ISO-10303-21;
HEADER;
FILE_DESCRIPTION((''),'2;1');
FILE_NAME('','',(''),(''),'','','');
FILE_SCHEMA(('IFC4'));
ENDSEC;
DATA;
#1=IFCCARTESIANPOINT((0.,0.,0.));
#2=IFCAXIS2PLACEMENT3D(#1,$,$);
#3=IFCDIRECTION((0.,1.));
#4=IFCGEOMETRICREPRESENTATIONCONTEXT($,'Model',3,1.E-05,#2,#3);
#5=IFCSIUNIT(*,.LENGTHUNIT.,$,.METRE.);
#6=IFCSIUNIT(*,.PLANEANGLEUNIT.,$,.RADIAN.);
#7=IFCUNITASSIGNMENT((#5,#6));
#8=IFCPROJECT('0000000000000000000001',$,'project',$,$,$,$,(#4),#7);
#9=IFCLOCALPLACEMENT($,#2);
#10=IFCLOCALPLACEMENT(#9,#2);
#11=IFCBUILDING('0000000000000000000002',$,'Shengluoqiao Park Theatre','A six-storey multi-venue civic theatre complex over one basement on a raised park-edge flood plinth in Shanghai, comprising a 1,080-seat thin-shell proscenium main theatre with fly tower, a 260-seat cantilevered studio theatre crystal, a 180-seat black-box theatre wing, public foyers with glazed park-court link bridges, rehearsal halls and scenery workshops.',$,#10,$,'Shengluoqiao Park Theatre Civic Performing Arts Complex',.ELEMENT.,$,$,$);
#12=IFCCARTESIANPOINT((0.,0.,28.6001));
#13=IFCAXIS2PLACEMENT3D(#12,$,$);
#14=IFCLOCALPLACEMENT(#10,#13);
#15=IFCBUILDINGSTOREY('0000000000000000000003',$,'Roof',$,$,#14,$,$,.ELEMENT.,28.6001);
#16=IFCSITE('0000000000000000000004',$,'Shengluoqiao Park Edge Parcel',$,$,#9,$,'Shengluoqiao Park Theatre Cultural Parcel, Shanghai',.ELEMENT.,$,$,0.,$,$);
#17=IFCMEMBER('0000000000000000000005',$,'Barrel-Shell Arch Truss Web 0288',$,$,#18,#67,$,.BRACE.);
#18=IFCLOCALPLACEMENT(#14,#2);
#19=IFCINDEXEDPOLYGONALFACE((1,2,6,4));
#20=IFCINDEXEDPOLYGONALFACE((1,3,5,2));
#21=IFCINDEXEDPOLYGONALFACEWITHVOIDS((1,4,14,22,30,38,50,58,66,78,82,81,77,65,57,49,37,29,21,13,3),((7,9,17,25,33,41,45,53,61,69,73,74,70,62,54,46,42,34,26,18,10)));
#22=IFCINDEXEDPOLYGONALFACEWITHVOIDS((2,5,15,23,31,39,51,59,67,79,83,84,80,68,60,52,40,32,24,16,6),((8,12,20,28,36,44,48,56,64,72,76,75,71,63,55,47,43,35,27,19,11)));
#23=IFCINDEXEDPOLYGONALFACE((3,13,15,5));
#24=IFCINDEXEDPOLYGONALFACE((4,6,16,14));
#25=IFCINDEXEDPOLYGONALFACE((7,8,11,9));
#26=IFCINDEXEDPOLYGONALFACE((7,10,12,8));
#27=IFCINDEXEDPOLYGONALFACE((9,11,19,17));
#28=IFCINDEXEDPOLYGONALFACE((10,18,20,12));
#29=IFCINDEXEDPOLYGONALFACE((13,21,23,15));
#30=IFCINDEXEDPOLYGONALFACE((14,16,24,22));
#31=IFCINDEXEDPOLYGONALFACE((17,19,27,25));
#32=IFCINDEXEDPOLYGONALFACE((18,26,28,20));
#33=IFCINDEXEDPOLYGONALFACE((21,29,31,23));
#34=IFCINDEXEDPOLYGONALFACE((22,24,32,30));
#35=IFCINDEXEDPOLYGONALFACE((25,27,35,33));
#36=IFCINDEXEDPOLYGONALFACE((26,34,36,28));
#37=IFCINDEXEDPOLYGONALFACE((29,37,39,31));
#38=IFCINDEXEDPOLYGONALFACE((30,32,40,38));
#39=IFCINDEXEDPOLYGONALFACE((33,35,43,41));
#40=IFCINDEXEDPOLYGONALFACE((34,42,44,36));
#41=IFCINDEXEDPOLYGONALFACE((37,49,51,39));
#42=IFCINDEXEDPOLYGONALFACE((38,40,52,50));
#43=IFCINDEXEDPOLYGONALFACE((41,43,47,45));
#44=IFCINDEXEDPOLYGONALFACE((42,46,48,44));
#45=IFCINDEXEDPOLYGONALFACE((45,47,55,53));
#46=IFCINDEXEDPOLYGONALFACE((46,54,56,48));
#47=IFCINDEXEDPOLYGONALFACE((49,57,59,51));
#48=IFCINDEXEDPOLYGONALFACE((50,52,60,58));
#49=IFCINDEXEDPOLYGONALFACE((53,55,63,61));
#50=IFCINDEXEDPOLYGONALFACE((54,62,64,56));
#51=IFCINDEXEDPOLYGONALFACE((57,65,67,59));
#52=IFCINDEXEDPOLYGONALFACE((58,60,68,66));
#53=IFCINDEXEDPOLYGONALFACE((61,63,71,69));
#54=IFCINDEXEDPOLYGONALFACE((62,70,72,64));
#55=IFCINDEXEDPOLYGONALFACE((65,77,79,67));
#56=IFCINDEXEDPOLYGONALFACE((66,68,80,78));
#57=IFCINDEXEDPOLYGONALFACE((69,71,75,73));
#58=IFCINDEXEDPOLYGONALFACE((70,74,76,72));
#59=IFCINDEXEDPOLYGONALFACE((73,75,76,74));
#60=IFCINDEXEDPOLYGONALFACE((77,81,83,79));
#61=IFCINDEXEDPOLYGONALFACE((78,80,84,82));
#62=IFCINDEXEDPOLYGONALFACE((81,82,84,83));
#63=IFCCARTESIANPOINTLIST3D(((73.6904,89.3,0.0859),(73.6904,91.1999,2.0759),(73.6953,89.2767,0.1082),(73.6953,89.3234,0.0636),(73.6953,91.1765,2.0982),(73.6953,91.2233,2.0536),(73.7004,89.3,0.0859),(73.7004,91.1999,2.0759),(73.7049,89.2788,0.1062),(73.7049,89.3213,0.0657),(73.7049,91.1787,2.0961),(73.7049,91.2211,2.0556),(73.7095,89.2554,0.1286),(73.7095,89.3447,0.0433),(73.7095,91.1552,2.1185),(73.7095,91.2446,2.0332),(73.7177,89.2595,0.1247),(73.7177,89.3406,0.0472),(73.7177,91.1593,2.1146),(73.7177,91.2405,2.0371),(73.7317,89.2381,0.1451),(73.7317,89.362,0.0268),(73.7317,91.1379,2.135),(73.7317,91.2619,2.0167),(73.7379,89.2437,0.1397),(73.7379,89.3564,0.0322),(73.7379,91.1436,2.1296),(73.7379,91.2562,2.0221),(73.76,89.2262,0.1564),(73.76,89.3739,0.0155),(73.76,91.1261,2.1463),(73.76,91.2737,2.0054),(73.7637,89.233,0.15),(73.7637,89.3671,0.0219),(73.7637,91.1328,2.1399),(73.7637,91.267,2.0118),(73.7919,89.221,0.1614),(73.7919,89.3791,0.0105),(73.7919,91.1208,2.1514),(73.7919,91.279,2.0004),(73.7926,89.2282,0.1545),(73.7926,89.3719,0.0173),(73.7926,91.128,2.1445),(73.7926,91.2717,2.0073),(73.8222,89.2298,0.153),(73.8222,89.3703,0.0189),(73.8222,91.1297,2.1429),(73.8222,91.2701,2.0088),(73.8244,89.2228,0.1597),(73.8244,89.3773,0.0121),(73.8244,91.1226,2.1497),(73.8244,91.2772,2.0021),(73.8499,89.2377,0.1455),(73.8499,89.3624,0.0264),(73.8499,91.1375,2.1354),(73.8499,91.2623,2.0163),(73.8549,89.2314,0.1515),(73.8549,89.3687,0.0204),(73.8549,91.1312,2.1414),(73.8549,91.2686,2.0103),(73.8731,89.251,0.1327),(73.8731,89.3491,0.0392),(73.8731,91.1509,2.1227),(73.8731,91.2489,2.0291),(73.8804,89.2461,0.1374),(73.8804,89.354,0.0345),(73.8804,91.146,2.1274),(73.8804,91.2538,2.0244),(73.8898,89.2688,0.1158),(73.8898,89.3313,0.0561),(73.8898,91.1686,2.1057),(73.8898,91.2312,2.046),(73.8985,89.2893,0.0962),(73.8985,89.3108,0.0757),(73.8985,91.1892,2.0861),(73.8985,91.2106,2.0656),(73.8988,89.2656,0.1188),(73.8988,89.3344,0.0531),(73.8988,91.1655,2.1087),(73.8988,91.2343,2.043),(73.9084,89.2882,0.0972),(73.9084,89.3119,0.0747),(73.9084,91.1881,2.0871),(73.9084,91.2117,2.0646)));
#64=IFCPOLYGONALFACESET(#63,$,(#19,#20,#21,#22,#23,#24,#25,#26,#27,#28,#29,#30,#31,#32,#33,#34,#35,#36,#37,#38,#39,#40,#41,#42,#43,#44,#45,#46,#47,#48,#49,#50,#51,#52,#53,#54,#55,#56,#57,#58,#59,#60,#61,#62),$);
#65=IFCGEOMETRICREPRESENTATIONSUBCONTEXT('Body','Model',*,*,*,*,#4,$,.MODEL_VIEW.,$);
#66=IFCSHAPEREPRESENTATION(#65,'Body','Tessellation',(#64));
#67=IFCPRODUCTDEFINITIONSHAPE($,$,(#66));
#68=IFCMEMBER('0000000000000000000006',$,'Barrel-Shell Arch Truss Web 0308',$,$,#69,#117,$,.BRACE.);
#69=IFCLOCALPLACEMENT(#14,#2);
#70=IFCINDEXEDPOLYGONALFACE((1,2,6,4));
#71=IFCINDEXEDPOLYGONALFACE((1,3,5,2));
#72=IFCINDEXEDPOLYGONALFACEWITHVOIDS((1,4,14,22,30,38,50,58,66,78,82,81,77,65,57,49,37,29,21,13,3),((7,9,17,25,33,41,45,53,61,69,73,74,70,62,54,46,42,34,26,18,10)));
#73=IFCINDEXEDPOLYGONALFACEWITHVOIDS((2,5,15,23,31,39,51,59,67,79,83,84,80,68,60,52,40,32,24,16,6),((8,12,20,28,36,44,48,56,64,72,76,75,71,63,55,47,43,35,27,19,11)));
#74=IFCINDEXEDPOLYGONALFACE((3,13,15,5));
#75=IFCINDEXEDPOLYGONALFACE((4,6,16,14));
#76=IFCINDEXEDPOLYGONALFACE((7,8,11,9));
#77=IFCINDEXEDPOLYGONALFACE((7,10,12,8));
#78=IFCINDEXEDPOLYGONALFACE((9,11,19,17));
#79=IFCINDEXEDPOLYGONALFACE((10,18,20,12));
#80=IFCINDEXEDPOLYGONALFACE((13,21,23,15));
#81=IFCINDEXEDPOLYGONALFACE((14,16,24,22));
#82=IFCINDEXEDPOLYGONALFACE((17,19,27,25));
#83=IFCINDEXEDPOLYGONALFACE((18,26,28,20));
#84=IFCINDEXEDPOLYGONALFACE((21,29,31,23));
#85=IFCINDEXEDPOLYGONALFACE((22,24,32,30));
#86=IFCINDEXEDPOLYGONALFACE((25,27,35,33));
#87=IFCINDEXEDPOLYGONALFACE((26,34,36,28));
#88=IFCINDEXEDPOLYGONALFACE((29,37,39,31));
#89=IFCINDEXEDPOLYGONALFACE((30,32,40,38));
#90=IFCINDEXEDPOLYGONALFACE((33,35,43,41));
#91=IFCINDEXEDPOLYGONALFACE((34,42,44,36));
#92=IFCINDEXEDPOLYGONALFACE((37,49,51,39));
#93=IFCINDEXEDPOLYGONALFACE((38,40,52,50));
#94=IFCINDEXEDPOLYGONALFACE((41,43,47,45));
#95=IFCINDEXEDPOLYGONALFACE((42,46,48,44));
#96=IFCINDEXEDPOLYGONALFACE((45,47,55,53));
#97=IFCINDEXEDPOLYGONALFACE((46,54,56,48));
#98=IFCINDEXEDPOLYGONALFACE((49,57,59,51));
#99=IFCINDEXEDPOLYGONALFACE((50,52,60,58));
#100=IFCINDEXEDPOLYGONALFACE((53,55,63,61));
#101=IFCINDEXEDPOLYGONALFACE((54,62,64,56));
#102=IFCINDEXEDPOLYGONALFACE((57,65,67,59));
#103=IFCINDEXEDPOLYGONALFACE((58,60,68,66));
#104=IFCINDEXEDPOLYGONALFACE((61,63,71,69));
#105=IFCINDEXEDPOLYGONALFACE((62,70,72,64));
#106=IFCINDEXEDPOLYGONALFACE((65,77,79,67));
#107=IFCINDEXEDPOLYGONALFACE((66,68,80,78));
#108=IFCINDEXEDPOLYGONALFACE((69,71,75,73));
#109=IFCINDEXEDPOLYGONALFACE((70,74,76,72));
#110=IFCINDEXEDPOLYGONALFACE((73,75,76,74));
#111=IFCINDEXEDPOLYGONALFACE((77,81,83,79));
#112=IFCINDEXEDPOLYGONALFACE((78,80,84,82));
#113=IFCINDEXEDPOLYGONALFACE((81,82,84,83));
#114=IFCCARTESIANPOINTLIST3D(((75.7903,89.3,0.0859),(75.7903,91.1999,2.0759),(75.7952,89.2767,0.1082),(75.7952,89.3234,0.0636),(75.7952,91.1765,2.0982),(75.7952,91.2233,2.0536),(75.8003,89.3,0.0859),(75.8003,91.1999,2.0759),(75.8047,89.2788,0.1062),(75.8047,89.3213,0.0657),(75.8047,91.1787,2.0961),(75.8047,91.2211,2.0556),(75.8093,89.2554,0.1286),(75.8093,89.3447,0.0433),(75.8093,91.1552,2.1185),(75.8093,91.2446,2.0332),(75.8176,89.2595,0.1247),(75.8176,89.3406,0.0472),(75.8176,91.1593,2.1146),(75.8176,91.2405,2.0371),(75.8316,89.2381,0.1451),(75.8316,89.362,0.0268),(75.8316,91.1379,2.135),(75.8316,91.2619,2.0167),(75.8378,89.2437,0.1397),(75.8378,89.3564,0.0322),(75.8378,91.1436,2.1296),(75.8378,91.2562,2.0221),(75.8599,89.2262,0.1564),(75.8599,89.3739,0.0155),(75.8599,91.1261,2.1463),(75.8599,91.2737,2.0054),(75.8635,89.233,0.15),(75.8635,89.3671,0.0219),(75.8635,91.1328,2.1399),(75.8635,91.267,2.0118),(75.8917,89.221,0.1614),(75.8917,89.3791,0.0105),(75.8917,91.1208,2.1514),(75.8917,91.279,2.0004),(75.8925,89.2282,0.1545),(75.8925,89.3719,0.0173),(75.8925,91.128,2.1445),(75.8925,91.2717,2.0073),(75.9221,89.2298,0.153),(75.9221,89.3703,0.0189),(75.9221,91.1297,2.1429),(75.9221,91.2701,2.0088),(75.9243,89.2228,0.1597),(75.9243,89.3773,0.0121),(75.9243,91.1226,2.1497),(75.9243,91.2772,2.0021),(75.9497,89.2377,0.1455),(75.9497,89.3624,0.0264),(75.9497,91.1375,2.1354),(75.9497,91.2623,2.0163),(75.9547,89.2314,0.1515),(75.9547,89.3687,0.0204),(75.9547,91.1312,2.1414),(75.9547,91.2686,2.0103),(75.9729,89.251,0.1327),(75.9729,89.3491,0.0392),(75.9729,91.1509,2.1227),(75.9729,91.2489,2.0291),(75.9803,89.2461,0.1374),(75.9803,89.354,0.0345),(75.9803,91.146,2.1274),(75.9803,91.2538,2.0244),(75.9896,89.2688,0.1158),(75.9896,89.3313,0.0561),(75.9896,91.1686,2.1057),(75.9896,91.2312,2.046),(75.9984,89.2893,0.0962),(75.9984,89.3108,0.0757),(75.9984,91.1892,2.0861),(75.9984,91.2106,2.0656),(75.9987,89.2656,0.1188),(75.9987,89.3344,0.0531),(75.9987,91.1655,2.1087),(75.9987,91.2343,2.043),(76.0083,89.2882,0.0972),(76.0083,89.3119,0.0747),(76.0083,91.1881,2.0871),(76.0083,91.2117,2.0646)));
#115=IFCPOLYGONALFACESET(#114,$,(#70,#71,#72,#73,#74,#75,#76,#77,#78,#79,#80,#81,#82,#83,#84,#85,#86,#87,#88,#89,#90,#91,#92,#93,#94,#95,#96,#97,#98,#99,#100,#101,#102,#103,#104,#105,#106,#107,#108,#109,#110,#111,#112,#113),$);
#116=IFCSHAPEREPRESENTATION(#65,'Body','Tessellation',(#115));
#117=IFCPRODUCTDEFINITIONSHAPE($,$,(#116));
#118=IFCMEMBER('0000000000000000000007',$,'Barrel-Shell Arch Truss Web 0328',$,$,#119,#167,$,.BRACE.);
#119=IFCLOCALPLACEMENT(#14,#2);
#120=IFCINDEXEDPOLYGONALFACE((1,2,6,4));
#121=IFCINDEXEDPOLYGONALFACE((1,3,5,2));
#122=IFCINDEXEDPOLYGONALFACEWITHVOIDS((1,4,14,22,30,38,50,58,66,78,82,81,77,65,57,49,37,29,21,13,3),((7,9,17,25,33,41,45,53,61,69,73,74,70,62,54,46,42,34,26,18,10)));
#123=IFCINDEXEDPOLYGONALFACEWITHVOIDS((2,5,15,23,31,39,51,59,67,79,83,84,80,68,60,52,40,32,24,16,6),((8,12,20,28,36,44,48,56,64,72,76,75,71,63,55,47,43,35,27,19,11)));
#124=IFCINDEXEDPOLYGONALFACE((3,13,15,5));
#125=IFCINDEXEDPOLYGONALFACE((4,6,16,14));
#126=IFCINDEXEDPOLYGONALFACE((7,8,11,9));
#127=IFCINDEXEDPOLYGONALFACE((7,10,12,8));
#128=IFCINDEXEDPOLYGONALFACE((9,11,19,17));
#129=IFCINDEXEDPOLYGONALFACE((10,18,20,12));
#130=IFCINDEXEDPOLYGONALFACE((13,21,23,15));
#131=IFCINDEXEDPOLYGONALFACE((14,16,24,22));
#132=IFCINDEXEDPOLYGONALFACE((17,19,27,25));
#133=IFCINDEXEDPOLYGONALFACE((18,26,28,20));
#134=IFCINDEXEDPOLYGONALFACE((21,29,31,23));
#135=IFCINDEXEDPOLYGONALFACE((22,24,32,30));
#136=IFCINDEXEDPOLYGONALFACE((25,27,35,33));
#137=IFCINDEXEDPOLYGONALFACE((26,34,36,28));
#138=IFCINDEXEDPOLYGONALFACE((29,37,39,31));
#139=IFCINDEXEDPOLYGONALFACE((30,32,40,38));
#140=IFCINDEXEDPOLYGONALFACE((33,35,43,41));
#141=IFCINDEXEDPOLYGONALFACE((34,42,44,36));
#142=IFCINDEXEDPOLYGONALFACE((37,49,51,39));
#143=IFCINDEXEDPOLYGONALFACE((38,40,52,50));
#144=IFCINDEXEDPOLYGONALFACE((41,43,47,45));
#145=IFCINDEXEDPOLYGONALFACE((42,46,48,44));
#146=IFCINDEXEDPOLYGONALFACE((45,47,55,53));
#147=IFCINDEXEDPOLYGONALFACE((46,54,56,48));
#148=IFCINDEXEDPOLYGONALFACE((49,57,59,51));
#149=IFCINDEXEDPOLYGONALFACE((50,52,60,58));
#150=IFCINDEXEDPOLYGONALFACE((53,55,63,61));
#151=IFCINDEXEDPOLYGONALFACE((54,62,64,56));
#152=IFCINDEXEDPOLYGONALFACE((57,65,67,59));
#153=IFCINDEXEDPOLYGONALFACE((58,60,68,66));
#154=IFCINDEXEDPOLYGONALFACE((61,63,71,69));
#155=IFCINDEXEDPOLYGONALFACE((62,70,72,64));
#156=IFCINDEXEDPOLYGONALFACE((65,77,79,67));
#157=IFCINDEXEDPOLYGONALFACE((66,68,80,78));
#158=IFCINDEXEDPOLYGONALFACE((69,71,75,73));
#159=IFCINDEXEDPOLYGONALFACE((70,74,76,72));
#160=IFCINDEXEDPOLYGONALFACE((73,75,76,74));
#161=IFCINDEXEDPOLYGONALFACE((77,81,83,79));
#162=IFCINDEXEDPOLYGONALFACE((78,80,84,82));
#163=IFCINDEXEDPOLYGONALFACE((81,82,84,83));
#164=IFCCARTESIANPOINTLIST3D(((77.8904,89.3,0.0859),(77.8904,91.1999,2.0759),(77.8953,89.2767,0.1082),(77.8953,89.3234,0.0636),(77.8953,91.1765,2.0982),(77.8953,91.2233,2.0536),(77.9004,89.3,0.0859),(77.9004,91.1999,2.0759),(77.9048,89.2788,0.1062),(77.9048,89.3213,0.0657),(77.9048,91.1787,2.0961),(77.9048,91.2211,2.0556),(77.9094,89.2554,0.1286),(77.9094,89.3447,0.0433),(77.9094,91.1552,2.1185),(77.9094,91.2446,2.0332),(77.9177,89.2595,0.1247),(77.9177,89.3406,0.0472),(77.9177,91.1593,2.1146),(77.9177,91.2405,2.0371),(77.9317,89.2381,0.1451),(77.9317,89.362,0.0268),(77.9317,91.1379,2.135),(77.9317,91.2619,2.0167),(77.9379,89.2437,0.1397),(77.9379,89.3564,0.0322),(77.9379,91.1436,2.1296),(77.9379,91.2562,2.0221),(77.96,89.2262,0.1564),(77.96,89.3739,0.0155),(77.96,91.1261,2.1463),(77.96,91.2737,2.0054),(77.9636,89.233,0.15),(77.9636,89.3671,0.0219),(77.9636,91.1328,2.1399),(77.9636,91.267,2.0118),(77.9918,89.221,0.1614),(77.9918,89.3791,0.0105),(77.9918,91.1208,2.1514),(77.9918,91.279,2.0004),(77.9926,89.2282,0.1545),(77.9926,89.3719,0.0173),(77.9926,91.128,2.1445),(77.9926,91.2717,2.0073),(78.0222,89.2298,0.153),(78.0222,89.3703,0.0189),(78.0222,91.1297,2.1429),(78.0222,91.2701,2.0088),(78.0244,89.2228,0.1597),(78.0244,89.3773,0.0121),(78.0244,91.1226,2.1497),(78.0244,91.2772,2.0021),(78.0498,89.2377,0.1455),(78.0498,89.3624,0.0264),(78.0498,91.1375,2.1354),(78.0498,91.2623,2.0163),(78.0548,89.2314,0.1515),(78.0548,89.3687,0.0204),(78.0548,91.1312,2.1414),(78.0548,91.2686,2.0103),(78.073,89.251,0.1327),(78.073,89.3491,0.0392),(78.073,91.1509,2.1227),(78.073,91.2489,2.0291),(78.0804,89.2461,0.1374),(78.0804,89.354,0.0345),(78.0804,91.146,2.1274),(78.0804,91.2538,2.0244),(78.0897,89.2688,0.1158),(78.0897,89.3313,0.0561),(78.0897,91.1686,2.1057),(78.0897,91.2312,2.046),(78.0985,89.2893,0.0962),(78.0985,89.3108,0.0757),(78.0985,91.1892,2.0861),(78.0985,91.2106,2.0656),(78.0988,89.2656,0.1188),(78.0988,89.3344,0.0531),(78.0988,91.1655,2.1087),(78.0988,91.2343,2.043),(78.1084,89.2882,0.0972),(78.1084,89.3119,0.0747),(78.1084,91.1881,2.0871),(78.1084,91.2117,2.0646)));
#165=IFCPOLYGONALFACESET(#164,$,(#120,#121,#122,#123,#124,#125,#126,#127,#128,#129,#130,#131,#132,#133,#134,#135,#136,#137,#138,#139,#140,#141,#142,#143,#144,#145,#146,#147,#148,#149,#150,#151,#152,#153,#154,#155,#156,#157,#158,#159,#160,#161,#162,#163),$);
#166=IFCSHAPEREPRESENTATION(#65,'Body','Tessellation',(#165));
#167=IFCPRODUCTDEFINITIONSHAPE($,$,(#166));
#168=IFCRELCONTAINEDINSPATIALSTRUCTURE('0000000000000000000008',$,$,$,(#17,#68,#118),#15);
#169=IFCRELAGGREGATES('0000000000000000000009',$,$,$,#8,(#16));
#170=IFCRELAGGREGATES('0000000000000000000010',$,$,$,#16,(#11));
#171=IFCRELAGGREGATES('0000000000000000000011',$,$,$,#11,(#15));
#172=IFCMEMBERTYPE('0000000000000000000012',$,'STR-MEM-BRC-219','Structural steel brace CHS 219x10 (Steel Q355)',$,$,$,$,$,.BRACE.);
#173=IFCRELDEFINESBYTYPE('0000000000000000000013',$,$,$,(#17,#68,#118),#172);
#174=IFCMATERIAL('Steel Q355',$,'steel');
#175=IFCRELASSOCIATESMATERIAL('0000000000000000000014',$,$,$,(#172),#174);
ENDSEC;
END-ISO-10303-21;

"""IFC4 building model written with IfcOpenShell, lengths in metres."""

from ifc_helpers import new_model, si_unit, direction, frame, origin, origin_2d, place, context, subcontext, project, spatial, hollow_circle, extrude, material, material_profile, profile_set, type_object, element, save


model = new_model("IFC4")

# Units and contexts
model_context = context("Model", 3, precision=1e-05, world=origin(), true_north=direction((0.0, 1.0)))
body_context = subcontext(model_context, "Body", "Model", "MODEL_VIEW")
ifc_project = project(units=[si_unit("LENGTHUNIT", "METRE"), si_unit("PLANEANGLEUNIT", "RADIAN")], contexts=[model_context])

# Site, building, storey
site_placement = place(None, origin())
site = spatial("IfcSite", under=ifc_project, at=site_placement, Name="Shengluoqiao Park Edge Parcel", LongName="Shengluoqiao Park Theatre Cultural Parcel, Shanghai", CompositionType="ELEMENT", RefElevation=0.0)
building_placement = place(site_placement, origin())
building = spatial("IfcBuilding", under=site, at=building_placement, Name="Shengluoqiao Park Theatre", Description="A six-storey multi-venue civic theatre complex over one basement on a raised park-edge flood plinth in Shanghai, comprising a 1,080-seat thin-shell proscenium main theatre with fly tower, a 260-seat cantilevered studio theatre crystal, a 180-seat black-box theatre wing, public foyers with glazed park-court link bridges, rehearsal halls and scenery workshops.", LongName="Shengluoqiao Park Theatre Civic Performing Arts Complex", CompositionType="ELEMENT")
storey_placement = place(building_placement, frame((0.0, 0.0, 28.6001)))
storey = spatial("IfcBuildingStorey", under=building, at=storey_placement, Name="Roof", CompositionType="ELEMENT", Elevation=28.6001)

# Shared definitions
ifc_material_1 = material(Name="Steel Q355", Category="steel")

# Members
ifc_material_profile_1 = material_profile(ifc_material_1, hollow_circle(Radius=0.1096, WallThickness=0.01, at=origin_2d()), Name="CHS 219x10")
ifc_profile_set_1 = profile_set([ifc_material_profile_1], Name="Steel Q355")
member_type_1 = type_object("IfcMemberType", Name="STR-MEM-BRC-219", Description="Structural steel brace CHS 219x10 (Steel Q355)", PredefinedType="BRACE", material=ifc_profile_set_1)
for number, where, z_axis, x_axis, name in (
    (1, (73.8, 89.3, 0.0859), (0.0, 0.690545, 0.723289), (-1.0, 0.0, 0.0), "Barrel-Shell Arch Truss Web 0288"),
    (2, (75.8999, 89.3, 0.0859), (0.0, 0.690545, 0.723289), (-1.0, 0.0, 0.0), "Barrel-Shell Arch Truss Web 0308"),
    (3, (78.0, 89.3, 0.0859), (0.0, 0.690545, 0.723289), (-1.0, 0.0, 0.0), "Barrel-Shell Arch Truss Web 0328"),
):
    element("IfcMember", number, at=place(storey_placement, frame(where, z_axis=z_axis, x_axis=x_axis)), inside=storey, type_object=member_type_1, Name=name, PredefinedType="BRACE", context=body_context, shape_type="SweptSolid", body=[
        extrude(hollow_circle(Radius=0.1096, WallThickness=0.01, at=origin_2d()), origin(), (0.0, 0.0, 1.0), 2.7512),
    ])

save(model, "model.ifc")
